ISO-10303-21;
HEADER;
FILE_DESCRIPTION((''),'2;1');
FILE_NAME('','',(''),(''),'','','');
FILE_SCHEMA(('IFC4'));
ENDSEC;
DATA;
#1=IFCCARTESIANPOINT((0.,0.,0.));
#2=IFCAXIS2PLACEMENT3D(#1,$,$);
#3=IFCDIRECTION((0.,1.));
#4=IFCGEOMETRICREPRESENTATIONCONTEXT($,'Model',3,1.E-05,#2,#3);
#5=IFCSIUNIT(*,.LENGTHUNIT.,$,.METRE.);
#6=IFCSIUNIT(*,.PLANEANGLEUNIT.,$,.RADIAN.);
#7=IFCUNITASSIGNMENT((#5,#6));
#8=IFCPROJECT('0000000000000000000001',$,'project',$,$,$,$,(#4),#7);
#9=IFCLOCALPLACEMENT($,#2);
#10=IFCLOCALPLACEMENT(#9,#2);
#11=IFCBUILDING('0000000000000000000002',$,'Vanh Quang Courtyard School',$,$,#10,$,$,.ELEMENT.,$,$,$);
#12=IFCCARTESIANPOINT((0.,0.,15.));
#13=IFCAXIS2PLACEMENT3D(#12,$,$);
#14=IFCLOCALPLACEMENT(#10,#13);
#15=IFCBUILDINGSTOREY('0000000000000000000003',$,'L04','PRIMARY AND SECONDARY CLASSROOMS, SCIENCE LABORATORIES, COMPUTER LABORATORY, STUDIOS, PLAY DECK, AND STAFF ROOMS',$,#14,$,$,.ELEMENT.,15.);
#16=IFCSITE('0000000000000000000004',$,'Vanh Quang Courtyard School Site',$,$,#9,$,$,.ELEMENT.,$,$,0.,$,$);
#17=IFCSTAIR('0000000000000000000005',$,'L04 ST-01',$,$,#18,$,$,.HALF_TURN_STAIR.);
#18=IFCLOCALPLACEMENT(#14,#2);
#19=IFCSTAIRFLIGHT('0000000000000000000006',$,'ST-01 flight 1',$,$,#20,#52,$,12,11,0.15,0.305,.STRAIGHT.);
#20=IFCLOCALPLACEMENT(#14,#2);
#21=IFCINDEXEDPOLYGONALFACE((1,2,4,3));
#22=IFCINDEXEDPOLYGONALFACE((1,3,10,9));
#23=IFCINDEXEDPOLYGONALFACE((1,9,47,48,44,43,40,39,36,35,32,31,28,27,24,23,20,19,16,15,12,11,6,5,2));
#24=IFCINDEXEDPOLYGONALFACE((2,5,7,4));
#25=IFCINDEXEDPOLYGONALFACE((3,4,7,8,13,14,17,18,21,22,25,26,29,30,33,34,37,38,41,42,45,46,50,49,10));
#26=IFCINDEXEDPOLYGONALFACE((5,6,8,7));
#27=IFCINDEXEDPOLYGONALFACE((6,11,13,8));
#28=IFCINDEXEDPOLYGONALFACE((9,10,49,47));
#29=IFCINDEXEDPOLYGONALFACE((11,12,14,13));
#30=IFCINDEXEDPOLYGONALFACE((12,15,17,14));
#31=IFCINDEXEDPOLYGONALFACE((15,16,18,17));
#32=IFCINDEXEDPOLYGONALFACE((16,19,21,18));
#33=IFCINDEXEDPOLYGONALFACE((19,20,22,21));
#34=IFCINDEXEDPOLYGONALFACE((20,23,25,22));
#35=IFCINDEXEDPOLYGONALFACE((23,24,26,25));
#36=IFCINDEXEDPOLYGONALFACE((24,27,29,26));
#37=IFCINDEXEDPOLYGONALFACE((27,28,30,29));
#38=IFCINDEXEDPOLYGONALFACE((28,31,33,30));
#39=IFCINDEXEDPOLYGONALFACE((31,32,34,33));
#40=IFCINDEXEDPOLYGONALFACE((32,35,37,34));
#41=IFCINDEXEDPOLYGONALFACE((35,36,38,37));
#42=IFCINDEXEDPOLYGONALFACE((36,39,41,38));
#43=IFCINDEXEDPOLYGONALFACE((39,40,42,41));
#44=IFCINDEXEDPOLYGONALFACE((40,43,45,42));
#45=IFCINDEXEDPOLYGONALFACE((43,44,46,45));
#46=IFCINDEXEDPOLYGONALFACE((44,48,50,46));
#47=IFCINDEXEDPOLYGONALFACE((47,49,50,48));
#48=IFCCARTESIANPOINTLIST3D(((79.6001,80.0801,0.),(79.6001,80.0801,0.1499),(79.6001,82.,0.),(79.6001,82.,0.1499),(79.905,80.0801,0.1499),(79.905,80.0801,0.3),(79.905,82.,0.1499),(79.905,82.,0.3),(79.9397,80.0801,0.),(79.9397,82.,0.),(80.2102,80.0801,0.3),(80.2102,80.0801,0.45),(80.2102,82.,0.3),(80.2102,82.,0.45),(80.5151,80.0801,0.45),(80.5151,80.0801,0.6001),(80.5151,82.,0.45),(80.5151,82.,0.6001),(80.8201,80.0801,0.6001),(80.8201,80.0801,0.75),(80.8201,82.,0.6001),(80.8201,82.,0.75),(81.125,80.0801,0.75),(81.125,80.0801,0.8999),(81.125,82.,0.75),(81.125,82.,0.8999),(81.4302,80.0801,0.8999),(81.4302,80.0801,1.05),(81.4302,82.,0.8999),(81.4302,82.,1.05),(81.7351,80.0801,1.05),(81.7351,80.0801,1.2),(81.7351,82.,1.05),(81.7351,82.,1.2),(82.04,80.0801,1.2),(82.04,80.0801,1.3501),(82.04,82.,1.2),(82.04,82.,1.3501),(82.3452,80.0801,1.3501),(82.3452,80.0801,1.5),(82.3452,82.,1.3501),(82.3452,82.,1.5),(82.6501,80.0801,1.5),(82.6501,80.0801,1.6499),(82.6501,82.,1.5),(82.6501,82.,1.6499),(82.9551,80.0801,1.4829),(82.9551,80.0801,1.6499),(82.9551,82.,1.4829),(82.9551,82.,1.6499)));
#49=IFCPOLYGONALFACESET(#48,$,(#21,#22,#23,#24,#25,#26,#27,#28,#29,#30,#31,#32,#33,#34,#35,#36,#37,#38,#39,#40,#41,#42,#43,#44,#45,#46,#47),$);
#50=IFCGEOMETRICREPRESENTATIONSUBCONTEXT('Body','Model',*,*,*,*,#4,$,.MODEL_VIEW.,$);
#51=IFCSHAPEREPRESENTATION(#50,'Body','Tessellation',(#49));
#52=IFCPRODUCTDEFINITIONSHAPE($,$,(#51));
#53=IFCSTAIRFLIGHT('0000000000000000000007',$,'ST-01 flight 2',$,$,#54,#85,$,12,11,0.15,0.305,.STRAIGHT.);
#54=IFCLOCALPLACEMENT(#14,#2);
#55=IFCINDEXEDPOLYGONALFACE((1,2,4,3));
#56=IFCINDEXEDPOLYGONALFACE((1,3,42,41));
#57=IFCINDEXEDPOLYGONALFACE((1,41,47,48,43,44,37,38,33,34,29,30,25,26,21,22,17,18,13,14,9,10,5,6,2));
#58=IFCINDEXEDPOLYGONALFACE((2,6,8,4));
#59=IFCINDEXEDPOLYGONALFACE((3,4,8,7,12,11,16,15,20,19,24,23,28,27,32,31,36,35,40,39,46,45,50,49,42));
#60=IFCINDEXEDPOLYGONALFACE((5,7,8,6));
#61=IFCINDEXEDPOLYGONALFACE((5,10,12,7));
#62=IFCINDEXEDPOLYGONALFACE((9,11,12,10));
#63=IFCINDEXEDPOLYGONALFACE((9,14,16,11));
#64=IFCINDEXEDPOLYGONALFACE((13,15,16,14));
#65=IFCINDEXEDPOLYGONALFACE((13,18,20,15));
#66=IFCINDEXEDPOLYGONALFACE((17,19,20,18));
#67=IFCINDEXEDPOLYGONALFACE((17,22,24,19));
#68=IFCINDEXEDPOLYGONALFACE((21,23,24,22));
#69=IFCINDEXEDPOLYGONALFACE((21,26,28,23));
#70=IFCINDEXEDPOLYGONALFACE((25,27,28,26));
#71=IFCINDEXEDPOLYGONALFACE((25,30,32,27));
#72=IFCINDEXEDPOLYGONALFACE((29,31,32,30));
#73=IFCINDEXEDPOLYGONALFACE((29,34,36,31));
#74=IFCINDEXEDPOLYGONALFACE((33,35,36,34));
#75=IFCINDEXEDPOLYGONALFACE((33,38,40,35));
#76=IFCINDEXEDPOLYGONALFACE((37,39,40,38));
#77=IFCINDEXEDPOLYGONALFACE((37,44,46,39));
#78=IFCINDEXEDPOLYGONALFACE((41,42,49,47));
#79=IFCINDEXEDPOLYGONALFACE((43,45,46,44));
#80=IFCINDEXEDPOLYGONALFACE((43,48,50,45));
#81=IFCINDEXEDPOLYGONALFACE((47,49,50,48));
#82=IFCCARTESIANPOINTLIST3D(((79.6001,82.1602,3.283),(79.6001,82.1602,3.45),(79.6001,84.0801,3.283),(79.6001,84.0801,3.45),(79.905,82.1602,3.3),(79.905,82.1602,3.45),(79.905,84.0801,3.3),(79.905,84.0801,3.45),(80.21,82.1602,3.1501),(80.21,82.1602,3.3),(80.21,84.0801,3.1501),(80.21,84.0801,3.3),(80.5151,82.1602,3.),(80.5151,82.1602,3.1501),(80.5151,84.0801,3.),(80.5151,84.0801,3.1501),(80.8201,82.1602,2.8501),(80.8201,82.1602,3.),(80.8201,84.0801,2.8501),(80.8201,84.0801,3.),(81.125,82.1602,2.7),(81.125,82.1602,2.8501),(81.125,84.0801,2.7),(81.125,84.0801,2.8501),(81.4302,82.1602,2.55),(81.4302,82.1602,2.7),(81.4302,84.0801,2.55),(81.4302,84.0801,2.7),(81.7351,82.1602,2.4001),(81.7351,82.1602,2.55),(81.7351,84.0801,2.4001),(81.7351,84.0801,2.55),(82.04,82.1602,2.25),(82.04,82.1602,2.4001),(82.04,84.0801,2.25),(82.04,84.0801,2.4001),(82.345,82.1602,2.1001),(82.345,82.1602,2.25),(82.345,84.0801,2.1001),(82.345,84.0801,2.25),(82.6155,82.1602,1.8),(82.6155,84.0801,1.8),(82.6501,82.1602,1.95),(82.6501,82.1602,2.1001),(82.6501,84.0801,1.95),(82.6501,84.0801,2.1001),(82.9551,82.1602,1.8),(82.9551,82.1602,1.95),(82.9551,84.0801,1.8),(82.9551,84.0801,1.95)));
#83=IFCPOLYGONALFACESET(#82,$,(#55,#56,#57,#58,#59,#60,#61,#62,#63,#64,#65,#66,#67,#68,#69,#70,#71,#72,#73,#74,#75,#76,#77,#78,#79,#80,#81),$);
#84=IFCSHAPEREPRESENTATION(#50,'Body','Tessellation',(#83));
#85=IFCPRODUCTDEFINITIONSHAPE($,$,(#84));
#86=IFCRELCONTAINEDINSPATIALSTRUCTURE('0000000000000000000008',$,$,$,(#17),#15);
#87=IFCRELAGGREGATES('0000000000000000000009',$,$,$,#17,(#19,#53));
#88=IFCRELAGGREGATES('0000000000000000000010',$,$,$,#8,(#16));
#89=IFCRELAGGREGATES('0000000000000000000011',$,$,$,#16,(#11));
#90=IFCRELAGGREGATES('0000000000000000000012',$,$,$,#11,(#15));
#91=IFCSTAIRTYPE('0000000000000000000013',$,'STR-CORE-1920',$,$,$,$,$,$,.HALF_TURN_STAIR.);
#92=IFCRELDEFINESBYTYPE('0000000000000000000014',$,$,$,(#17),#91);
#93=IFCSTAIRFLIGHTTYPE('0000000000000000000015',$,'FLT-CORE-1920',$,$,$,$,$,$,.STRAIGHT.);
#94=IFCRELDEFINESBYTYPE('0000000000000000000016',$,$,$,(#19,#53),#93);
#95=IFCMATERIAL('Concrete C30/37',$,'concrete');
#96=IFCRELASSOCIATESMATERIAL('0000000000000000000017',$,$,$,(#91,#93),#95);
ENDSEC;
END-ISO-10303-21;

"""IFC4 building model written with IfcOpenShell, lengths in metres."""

from ifc_helpers import new_model, si_unit, direction, frame, origin, place, context, subcontext, project, spatial, polyline, outline, extrude, material, type_object, element, aggregate, save


model = new_model("IFC4")

# Units and contexts
model_context = context("Model", 3, precision=1e-05, world=origin(), true_north=direction((0.0, 1.0)))
body_context = subcontext(model_context, "Body", "Model", "MODEL_VIEW")
ifc_project = project(units=[si_unit("LENGTHUNIT", "METRE"), si_unit("PLANEANGLEUNIT", "RADIAN")], contexts=[model_context])

# Site, building, storey
site_placement = place(None, origin())
site = spatial("IfcSite", under=ifc_project, at=site_placement, Name="Vanh Quang Courtyard School Site", CompositionType="ELEMENT", RefElevation=0.0)
building_placement = place(site_placement, origin())
building = spatial("IfcBuilding", under=site, at=building_placement, Name="Vanh Quang Courtyard School", CompositionType="ELEMENT")
storey_placement = place(building_placement, frame((0.0, 0.0, 15.0)))
storey = spatial("IfcBuildingStorey", under=building, at=storey_placement, Name="L04", Description="PRIMARY AND SECONDARY CLASSROOMS, SCIENCE LABORATORIES, COMPUTER LABORATORY, STUDIOS, PLAY DECK, AND STAFF ROOMS", CompositionType="ELEMENT", Elevation=15.0)

# Stair, stair flights
ifc_material_1 = material(Name="Concrete C30/37", Category="concrete")
stair_type = type_object("IfcStairType", Name="STR-CORE-1920", PredefinedType="HALF_TURN_STAIR", material=ifc_material_1)
stair_placement = place(storey_placement, origin())
stair = element("IfcStair", 1, at=stair_placement, inside=storey, type_object=stair_type, Name="L04 ST-01", PredefinedType="HALF_TURN_STAIR")
stair_flight_type = type_object("IfcStairFlightType", Name="FLT-CORE-1920", PredefinedType="STRAIGHT", material=ifc_material_1)
stair_flight_1_placement = place(storey_placement, frame((79.6001, 81.04, 0.0), z_axis=(0.0, 0.0, 1.0), x_axis=(1.0, 0.0, 0.0)))
stair_flight_1 = element("IfcStairFlight", 2, at=stair_flight_1_placement, type_object=stair_flight_type, Name="ST-01 flight 1", NumberOfRisers=12, NumberOfTreads=11, PredefinedType="STRAIGHT", RiserHeight=0.15, TreadLength=0.305, context=body_context, shape_type="SweptSolid", body=[
    extrude(outline(polyline([(0.0, 0.0), (0.0, 0.1499), (0.3049, 0.1499), (0.3049, 0.3), (0.6101, 0.3), (0.6101, 0.45), (0.915, 0.45), (0.915, 0.6001), (1.22, 0.6001), (1.22, 0.75), (1.5249, 0.75), (1.5249, 0.8999), (1.8301, 0.8999), (1.8301, 1.05), (2.135, 1.05), (2.135, 1.2), (2.4399, 1.2), (2.4399, 1.3501), (2.7451, 1.3501), (2.7451, 1.5), (3.05, 1.5), (3.05, 1.6499), (3.355, 1.6499), (3.355, 1.8), (3.355, 1.4829), (0.3396, 0.0), (0.0, 0.0)])), frame((0.0, 0.96, 0.0), z_axis=(0.0, -1.0, 0.0), x_axis=(1.0, 0.0, 0.0)), (0.0, 0.0, 1.0), 1.9199),
])
stair_flight_2_placement = place(storey_placement, frame((82.9551, 83.1201, 1.8), z_axis=(0.0, 0.0, 1.0), x_axis=(-1.0, 0.0, 0.0)))
stair_flight_2 = element("IfcStairFlight", 3, at=stair_flight_2_placement, type_object=stair_flight_type, Name="ST-01 flight 2", NumberOfRisers=12, NumberOfTreads=11, PredefinedType="STRAIGHT", RiserHeight=0.15, TreadLength=0.305, context=body_context, shape_type="SweptSolid", body=[
    extrude(outline(polyline([(0.0, 0.0), (0.0, 0.1499), (0.3049, 0.1499), (0.3049, 0.3), (0.6101, 0.3), (0.6101, 0.45), (0.915, 0.45), (0.915, 0.6001), (1.22, 0.6001), (1.22, 0.75), (1.5249, 0.75), (1.5249, 0.8999), (1.8301, 0.8999), (1.8301, 1.05), (2.135, 1.05), (2.135, 1.2), (2.4399, 1.2), (2.4399, 1.3501), (2.7451, 1.3501), (2.7451, 1.5), (3.05, 1.5), (3.05, 1.6499), (3.355, 1.6499), (3.355, 1.8), (3.355, 1.4829), (0.3396, 0.0), (0.0, 0.0)])), frame((0.0, 0.96, 0.0), z_axis=(0.0, -1.0, 0.0), x_axis=(1.0, 0.0, 0.0)), (0.0, 0.0, 1.0), 1.9199),
])
aggregate(stair, [stair_flight_1, stair_flight_2])

save(model, "model.ifc")
